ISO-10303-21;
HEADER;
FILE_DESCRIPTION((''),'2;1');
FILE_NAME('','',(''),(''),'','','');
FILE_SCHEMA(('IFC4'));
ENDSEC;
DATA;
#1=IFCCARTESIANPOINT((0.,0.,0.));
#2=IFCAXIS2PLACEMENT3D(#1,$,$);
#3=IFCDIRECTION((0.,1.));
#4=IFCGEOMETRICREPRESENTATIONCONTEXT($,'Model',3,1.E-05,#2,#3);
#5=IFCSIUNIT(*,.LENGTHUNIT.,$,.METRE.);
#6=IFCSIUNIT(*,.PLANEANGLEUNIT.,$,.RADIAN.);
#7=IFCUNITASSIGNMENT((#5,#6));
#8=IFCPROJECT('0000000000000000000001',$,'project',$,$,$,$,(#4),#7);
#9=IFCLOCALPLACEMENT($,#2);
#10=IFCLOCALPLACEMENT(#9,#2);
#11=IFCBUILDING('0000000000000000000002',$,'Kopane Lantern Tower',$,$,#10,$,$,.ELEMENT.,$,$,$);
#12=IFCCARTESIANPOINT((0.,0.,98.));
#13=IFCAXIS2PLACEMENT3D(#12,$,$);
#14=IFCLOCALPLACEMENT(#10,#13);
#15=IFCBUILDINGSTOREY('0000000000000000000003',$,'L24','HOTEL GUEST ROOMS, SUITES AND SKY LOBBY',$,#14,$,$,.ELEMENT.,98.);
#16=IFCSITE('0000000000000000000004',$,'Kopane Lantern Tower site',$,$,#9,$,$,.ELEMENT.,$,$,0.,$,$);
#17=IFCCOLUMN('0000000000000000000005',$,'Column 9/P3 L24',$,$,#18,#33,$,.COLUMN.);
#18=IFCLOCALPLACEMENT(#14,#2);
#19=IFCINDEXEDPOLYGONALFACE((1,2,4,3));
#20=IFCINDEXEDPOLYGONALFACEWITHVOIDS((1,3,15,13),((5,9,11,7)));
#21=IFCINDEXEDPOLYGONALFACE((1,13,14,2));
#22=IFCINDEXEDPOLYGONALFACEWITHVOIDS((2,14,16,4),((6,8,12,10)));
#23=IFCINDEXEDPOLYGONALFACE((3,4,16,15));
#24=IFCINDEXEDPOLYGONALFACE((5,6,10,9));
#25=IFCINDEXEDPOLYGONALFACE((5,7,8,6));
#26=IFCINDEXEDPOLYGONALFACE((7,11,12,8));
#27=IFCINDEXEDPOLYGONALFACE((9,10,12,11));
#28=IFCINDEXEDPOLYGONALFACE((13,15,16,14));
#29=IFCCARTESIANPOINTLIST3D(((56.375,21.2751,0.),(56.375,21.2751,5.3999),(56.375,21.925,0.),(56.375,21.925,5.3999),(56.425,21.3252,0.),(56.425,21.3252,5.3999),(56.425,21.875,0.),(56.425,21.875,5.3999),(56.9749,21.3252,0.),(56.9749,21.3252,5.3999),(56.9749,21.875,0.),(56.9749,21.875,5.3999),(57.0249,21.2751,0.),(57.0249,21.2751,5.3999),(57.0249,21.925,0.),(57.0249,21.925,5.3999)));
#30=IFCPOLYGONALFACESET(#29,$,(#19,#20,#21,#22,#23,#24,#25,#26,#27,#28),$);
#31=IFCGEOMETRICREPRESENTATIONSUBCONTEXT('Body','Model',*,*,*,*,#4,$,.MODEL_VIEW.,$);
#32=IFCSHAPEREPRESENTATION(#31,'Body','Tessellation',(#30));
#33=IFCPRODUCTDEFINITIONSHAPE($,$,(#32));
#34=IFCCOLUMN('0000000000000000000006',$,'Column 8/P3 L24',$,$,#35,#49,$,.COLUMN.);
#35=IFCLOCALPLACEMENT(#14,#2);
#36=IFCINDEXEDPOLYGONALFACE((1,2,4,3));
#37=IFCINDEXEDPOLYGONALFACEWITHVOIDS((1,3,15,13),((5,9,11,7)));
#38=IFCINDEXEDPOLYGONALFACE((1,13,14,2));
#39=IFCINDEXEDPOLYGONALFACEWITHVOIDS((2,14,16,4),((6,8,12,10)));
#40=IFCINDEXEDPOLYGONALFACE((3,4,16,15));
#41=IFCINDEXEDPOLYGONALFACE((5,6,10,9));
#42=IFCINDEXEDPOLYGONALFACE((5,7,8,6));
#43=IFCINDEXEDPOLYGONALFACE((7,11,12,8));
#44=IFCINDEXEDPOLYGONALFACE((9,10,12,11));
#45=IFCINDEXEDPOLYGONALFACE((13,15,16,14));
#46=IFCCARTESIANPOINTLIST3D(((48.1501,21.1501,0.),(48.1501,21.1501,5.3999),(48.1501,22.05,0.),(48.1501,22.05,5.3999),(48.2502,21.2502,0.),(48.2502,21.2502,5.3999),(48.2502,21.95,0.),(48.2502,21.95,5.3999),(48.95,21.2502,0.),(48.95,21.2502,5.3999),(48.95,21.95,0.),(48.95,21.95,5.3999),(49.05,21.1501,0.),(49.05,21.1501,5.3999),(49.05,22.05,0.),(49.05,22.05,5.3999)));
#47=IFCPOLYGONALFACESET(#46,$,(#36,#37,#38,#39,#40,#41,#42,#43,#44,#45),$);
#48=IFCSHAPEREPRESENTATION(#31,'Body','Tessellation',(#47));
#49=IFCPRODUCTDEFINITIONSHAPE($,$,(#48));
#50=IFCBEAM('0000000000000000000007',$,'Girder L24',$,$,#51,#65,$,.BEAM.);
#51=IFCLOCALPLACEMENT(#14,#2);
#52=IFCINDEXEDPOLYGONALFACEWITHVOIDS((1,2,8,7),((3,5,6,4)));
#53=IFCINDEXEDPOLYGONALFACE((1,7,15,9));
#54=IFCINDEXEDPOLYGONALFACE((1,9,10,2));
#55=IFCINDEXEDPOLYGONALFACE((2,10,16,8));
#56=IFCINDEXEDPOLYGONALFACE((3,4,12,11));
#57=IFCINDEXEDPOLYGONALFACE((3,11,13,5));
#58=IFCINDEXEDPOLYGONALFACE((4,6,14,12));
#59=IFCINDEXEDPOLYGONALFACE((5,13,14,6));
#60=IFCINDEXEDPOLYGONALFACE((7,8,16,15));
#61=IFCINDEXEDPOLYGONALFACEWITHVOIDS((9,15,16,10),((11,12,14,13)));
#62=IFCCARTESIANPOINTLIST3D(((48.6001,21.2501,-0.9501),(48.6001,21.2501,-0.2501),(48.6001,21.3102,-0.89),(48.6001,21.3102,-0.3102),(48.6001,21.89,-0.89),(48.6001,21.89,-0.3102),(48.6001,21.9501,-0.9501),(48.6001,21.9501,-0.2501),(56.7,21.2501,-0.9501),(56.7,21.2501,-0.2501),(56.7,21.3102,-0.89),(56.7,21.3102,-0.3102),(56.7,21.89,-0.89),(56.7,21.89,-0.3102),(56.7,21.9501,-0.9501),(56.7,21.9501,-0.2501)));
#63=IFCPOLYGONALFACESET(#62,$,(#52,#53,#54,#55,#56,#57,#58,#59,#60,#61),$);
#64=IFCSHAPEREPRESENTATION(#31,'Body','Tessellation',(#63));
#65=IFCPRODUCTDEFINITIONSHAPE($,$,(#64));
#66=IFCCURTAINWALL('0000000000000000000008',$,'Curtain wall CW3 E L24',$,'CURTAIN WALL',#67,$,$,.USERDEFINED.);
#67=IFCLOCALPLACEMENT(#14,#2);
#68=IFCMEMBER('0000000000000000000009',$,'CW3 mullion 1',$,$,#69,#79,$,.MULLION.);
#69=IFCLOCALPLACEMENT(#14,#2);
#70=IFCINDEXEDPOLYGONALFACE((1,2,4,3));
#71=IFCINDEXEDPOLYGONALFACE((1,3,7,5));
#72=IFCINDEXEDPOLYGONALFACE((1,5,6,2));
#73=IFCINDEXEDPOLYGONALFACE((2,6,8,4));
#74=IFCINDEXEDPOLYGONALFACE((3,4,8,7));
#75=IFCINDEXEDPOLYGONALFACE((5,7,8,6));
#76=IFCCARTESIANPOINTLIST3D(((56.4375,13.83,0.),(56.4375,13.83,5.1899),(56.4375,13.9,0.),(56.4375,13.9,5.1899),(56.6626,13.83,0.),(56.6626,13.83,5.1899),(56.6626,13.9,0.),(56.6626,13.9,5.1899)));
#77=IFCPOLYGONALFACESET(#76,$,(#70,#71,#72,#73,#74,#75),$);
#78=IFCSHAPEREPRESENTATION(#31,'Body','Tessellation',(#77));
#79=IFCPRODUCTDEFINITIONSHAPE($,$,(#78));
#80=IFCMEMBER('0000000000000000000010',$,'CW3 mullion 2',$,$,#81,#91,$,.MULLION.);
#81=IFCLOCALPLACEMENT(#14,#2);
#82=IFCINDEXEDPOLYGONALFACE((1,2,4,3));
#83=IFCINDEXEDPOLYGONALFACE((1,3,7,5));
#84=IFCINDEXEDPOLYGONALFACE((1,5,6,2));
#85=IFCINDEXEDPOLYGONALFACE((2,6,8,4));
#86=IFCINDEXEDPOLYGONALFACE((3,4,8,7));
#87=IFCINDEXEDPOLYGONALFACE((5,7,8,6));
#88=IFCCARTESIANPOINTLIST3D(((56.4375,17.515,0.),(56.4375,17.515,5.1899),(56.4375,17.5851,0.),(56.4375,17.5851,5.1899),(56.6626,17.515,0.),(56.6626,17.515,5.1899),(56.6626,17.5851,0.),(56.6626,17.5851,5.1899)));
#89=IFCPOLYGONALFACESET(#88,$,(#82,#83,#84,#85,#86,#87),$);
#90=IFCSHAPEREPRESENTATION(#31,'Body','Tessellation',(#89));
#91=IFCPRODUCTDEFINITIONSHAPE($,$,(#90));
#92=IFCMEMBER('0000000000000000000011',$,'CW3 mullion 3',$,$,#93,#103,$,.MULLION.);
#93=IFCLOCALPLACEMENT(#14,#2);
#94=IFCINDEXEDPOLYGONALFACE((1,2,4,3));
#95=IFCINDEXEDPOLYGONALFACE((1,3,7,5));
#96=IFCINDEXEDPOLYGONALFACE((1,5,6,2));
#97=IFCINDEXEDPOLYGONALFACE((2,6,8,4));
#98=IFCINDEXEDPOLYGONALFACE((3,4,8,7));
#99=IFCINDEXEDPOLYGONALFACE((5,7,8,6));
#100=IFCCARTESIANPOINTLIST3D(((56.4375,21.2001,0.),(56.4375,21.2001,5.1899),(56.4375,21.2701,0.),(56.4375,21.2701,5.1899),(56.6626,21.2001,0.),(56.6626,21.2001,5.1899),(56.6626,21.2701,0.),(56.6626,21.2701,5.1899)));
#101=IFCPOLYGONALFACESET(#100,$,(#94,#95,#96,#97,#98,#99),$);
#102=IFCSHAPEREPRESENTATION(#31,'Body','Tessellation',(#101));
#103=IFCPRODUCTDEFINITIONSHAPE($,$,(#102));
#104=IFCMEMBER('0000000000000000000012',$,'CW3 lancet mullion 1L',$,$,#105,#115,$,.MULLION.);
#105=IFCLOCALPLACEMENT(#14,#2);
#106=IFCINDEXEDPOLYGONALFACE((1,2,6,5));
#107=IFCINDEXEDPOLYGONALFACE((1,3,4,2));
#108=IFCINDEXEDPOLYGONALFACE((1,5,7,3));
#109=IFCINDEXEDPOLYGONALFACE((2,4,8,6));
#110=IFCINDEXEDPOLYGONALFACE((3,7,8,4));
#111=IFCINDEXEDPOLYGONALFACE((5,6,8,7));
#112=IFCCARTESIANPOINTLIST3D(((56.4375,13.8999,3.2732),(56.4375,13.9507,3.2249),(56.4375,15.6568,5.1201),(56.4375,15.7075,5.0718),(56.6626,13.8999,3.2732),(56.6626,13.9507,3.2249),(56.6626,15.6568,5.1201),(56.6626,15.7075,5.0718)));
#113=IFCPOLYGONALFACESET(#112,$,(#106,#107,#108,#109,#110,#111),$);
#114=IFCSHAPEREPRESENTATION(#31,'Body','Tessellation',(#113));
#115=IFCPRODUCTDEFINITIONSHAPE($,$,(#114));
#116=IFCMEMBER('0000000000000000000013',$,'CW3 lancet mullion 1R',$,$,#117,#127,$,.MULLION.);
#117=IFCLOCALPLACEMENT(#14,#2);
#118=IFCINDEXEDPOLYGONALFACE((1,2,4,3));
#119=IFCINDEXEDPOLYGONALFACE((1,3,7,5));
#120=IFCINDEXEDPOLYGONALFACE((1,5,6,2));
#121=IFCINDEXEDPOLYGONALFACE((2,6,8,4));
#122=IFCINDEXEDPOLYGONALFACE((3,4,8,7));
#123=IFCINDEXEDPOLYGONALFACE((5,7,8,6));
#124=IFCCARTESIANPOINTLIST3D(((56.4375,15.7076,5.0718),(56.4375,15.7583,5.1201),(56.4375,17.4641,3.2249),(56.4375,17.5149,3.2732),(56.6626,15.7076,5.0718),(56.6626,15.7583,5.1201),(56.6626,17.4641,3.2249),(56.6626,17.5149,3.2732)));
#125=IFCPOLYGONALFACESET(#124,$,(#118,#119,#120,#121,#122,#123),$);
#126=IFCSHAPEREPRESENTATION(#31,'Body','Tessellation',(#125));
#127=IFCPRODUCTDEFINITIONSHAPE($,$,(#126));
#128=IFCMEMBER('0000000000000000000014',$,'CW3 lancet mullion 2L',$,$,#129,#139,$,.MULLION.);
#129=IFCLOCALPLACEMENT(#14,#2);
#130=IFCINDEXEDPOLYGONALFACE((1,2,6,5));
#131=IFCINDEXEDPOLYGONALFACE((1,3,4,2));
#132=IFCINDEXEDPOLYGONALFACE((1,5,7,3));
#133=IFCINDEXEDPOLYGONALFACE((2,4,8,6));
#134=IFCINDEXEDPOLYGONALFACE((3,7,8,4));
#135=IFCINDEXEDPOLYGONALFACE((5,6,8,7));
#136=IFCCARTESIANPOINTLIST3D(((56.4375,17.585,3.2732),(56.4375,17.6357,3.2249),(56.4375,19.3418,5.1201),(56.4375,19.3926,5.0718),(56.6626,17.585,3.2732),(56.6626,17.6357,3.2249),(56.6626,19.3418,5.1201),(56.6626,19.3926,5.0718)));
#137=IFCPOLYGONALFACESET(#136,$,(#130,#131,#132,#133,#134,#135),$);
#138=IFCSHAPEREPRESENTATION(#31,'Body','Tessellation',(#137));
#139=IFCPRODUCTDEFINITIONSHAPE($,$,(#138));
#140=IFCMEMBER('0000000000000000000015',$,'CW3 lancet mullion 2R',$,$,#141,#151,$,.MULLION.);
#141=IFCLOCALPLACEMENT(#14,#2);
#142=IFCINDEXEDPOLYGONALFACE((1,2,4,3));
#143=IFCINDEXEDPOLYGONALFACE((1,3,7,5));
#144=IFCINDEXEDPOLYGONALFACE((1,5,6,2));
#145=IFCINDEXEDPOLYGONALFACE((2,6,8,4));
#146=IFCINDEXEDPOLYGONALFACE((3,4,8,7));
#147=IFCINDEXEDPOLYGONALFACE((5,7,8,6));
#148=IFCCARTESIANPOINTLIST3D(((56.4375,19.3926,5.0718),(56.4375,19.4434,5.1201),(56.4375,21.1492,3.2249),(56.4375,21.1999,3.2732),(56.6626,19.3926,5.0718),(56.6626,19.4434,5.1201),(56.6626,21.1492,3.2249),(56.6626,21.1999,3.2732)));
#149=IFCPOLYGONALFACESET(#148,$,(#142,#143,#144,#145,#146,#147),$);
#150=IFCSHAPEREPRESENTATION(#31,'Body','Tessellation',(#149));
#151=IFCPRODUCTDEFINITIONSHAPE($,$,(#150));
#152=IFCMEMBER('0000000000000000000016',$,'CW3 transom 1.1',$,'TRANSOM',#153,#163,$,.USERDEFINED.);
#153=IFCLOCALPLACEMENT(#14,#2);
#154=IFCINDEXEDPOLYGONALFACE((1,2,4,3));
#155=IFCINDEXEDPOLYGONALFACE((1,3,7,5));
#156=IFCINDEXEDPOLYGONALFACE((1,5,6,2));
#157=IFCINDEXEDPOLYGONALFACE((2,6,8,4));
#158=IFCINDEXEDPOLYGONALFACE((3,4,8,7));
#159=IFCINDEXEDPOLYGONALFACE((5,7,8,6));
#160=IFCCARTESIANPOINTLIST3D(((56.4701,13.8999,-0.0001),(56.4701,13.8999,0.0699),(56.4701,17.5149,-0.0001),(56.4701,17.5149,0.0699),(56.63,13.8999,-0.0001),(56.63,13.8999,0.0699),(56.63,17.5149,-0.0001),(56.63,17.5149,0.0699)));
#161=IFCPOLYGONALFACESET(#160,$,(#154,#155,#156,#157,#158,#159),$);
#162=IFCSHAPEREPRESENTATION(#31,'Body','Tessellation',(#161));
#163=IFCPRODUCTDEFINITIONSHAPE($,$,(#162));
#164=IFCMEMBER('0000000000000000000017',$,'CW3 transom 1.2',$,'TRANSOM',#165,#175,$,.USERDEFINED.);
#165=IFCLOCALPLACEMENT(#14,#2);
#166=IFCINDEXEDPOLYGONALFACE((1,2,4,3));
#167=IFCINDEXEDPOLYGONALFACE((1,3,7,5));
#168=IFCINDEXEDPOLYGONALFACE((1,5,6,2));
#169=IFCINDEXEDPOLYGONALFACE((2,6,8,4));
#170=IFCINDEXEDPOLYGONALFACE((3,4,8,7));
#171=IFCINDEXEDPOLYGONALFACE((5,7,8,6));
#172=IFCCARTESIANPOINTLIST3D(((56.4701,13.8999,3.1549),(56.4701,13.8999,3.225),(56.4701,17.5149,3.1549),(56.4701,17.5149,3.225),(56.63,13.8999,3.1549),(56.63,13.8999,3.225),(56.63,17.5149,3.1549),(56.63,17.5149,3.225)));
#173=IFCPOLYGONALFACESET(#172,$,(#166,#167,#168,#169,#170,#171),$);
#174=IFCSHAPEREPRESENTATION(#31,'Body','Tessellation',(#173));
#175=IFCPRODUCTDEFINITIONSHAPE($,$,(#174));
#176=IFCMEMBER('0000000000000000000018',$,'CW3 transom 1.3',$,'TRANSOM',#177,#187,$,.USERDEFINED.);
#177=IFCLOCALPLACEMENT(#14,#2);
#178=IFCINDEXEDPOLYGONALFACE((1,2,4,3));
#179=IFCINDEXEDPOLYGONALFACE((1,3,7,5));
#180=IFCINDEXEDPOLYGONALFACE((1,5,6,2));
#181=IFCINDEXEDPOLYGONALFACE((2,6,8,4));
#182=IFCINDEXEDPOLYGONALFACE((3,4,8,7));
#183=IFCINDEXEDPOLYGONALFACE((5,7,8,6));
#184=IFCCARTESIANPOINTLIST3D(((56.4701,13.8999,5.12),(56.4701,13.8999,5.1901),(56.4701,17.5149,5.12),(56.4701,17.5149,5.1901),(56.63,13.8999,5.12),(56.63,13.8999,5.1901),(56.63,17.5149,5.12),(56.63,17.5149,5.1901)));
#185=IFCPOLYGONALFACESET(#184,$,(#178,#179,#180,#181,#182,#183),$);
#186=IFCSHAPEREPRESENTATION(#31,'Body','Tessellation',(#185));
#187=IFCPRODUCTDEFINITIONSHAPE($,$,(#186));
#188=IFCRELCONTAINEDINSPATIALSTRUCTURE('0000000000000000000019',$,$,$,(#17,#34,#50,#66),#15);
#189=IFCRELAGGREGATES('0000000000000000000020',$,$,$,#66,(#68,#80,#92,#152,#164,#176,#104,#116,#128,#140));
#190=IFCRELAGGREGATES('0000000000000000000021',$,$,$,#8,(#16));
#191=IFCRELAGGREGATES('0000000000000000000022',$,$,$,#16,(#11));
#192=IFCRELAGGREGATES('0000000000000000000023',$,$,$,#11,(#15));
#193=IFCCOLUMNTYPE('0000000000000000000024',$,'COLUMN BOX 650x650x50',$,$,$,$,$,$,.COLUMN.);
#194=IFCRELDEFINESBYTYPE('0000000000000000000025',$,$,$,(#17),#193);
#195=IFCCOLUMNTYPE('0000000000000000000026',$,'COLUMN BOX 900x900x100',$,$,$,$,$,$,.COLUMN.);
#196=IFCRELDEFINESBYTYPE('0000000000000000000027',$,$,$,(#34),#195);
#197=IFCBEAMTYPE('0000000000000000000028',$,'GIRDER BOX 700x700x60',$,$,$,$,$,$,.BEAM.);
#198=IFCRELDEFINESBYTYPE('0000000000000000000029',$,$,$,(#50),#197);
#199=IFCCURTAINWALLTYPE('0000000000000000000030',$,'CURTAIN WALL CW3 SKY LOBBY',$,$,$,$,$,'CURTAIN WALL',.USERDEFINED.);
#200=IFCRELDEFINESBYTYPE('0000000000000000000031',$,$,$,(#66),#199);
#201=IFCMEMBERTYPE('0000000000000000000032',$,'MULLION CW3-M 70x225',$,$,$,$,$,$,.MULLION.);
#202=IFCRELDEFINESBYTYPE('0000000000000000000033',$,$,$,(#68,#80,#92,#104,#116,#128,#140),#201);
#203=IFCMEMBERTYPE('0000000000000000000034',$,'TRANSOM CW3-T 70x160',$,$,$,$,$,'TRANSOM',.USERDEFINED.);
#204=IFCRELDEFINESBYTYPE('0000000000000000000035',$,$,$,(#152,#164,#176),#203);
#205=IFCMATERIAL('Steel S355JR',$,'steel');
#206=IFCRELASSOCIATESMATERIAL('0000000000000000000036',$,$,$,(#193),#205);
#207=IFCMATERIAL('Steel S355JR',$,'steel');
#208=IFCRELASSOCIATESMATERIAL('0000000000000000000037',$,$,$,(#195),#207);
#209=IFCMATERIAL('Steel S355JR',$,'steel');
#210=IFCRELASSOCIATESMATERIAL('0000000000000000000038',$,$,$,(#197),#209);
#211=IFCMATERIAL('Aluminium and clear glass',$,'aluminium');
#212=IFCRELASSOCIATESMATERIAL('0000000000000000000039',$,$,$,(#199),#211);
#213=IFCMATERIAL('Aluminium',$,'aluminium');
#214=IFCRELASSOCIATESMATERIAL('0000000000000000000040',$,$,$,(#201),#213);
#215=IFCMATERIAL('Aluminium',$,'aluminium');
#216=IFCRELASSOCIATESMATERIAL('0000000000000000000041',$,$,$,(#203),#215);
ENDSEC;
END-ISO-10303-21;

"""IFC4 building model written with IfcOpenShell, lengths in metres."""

from ifc_helpers import new_model, si_unit, direction, frame, origin, origin_2d, place, context, subcontext, project, spatial, rectangle, hollow_rectangle, extrude, material, material_profile, profile_set, type_object, element, aggregate, save


model = new_model("IFC4")

# Units and contexts
model_context = context("Model", 3, precision=1e-05, world=origin(), true_north=direction((0.0, 1.0)))
body_context = subcontext(model_context, "Body", "Model", "MODEL_VIEW")
ifc_project = project(units=[si_unit("LENGTHUNIT", "METRE"), si_unit("PLANEANGLEUNIT", "RADIAN")], contexts=[model_context])

# Site, building, storey
site_placement = place(None, origin())
site = spatial("IfcSite", under=ifc_project, at=site_placement, Name="Kopane Lantern Tower site", CompositionType="ELEMENT", RefElevation=0.0)
building_placement = place(site_placement, origin())
building = spatial("IfcBuilding", under=site, at=building_placement, Name="Kopane Lantern Tower", CompositionType="ELEMENT")
storey_placement = place(building_placement, frame((0.0, 0.0, 98.0)))
storey = spatial("IfcBuildingStorey", under=building, at=storey_placement, Name="L24", Description="HOTEL GUEST ROOMS, SUITES AND SKY LOBBY", CompositionType="ELEMENT", Elevation=98.0)

# Columns
ifc_material_1 = material(Name="Steel S355JR", Category="steel")
ifc_material_profile_1 = material_profile(ifc_material_1, hollow_rectangle(XDim=0.6499, YDim=0.6499, WallThickness=0.05, at=origin_2d()), Name="BOX 650x650x50")
ifc_profile_set_1 = profile_set([ifc_material_profile_1], Name="Steel S355JR")
column_type_1 = type_object("IfcColumnType", Name="COLUMN BOX 650x650x50", PredefinedType="COLUMN", material=ifc_profile_set_1)
column_1_placement = place(storey_placement, frame((56.7, 21.6001, 0.0), z_axis=(0.0, 0.0, 1.0), x_axis=(1.0, 0.0, 0.0)))
element("IfcColumn", 1, at=column_1_placement, inside=storey, type_object=column_type_1, Name="Column 9/P3 L24", PredefinedType="COLUMN", context=body_context, shape_type="SweptSolid", body=[
    extrude(hollow_rectangle(XDim=0.6499, YDim=0.6499, WallThickness=0.05, at=origin_2d()), origin(), (0.0, 0.0, 1.0), 5.3999),
])
ifc_material_2 = material(Name="Steel S355JR", Category="steel")
ifc_material_profile_2 = material_profile(ifc_material_2, hollow_rectangle(XDim=0.8999, YDim=0.8999, WallThickness=0.1001, at=origin_2d()), Name="BOX 900x900x100")
ifc_profile_set_2 = profile_set([ifc_material_profile_2], Name="Steel S355JR")
column_type_2 = type_object("IfcColumnType", Name="COLUMN BOX 900x900x100", PredefinedType="COLUMN", material=ifc_profile_set_2)
column_2_placement = place(storey_placement, frame((48.6001, 21.6001, 0.0), z_axis=(0.0, 0.0, 1.0), x_axis=(1.0, 0.0, 0.0)))
element("IfcColumn", 2, at=column_2_placement, inside=storey, type_object=column_type_2, Name="Column 8/P3 L24", PredefinedType="COLUMN", context=body_context, shape_type="SweptSolid", body=[
    extrude(hollow_rectangle(XDim=0.8999, YDim=0.8999, WallThickness=0.1001, at=origin_2d()), origin(), (0.0, 0.0, 1.0), 5.3999),
])

# Beam
ifc_material_3 = material(Name="Steel S355JR", Category="steel")
ifc_material_profile_3 = material_profile(ifc_material_3, hollow_rectangle(XDim=0.7, YDim=0.7, WallThickness=0.0601, at=origin_2d()), Name="BOX 700x700x60")
ifc_profile_set_3 = profile_set([ifc_material_profile_3], Name="Steel S355JR")
beam_type = type_object("IfcBeamType", Name="GIRDER BOX 700x700x60", PredefinedType="BEAM", material=ifc_profile_set_3)
beam_placement = place(storey_placement, frame((48.6001, 21.6001, -0.6001), z_axis=(1.0, 0.0, 0.0), x_axis=(0.0, 1.0, 0.0)))
element("IfcBeam", 3, at=beam_placement, inside=storey, type_object=beam_type, Name="Girder L24", PredefinedType="BEAM", context=body_context, shape_type="SweptSolid", body=[
    extrude(hollow_rectangle(XDim=0.7, YDim=0.7, WallThickness=0.0601, at=origin_2d()), origin(), (0.0, 0.0, 1.0), 8.0999),
])

# Curtain wall, members
ifc_material_4 = material(Name="Aluminium and clear glass", Category="aluminium")
curtain_wall_type = type_object("IfcCurtainWallType", Name="CURTAIN WALL CW3 SKY LOBBY", ElementType="CURTAIN WALL", PredefinedType="USERDEFINED", material=ifc_material_4)
curtain_wall_1_placement = place(storey_placement, origin())
curtain_wall_1 = element("IfcCurtainWall", 4, at=curtain_wall_1_placement, inside=storey, type_object=curtain_wall_type, Name="Curtain wall CW3 E L24", ObjectType="CURTAIN WALL", PredefinedType="USERDEFINED")
ifc_material_5 = material(Name="Aluminium", Category="aluminium")
ifc_material_profile_4 = material_profile(ifc_material_5, rectangle(XDim=0.0701, YDim=0.2251, at=origin_2d()), Name="AL 70x225")
ifc_profile_set_4 = profile_set([ifc_material_profile_4], Name="Aluminium")
member_type_1 = type_object("IfcMemberType", Name="MULLION CW3-M 70x225", PredefinedType="MULLION", material=ifc_profile_set_4)
member_1_placement = place(storey_placement, frame((56.55, 13.865, 0.0), z_axis=(0.0, 0.0, 1.0), x_axis=(0.0, 1.0, 0.0)))
member_1 = element("IfcMember", 5, at=member_1_placement, type_object=member_type_1, Name="CW3 mullion 1", PredefinedType="MULLION", context=body_context, shape_type="SweptSolid", body=[
    extrude(rectangle(XDim=0.0701, YDim=0.2251, at=origin_2d()), origin(), (0.0, 0.0, 1.0), 5.1899),
])
member_2_placement = place(storey_placement, frame((56.55, 17.55, 0.0), z_axis=(0.0, 0.0, 1.0), x_axis=(0.0, 1.0, 0.0)))
member_2 = element("IfcMember", 6, at=member_2_placement, type_object=member_type_1, Name="CW3 mullion 2", PredefinedType="MULLION", context=body_context, shape_type="SweptSolid", body=[
    extrude(rectangle(XDim=0.0701, YDim=0.2251, at=origin_2d()), origin(), (0.0, 0.0, 1.0), 5.1899),
])
member_3_placement = place(storey_placement, frame((56.55, 21.2351, 0.0), z_axis=(0.0, 0.0, 1.0), x_axis=(0.0, 1.0, 0.0)))
member_3 = element("IfcMember", 7, at=member_3_placement, type_object=member_type_1, Name="CW3 mullion 3", PredefinedType="MULLION", context=body_context, shape_type="SweptSolid", body=[
    extrude(rectangle(XDim=0.0701, YDim=0.2251, at=origin_2d()), origin(), (0.0, 0.0, 1.0), 5.1899),
])
member_4_placement = place(storey_placement, frame((56.55, 13.9253, 3.249), z_axis=(0.0, 0.689215, 0.724557), x_axis=(0.0, -0.724557, 0.689215)))
member_4 = element("IfcMember", 8, at=member_4_placement, type_object=member_type_1, Name="CW3 lancet mullion 1L", PredefinedType="MULLION", context=body_context, shape_type="SweptSolid", body=[
    extrude(rectangle(XDim=0.0701, YDim=0.2251, at=origin_2d()), origin(), (0.0, 0.0, 1.0), 2.5491),
])
member_5_placement = place(storey_placement, frame((56.55, 17.4895, 3.249), z_axis=(0.0, -0.689165, 0.724605), x_axis=(0.0, 0.724605, 0.689165)))
member_5 = element("IfcMember", 9, at=member_5_placement, type_object=member_type_1, Name="CW3 lancet mullion 1R", PredefinedType="MULLION", context=body_context, shape_type="SweptSolid", body=[
    extrude(rectangle(XDim=0.0701, YDim=0.2251, at=origin_2d()), origin(), (0.0, 0.0, 1.0), 2.5488),
])
member_6_placement = place(storey_placement, frame((56.55, 17.6104, 3.249), z_axis=(0.0, 0.689215, 0.724557), x_axis=(0.0, -0.724557, 0.689215)))
member_6 = element("IfcMember", 10, at=member_6_placement, type_object=member_type_1, Name="CW3 lancet mullion 2L", PredefinedType="MULLION", context=body_context, shape_type="SweptSolid", body=[
    extrude(rectangle(XDim=0.0701, YDim=0.2251, at=origin_2d()), origin(), (0.0, 0.0, 1.0), 2.5491),
])
member_7_placement = place(storey_placement, frame((56.55, 21.1746, 3.249), z_axis=(0.0, -0.689165, 0.724605), x_axis=(0.0, 0.724605, 0.689165)))
member_7 = element("IfcMember", 11, at=member_7_placement, type_object=member_type_1, Name="CW3 lancet mullion 2R", PredefinedType="MULLION", context=body_context, shape_type="SweptSolid", body=[
    extrude(rectangle(XDim=0.0701, YDim=0.2251, at=origin_2d()), origin(), (0.0, 0.0, 1.0), 2.5488),
])
ifc_material_6 = material(Name="Aluminium", Category="aluminium")
ifc_material_profile_5 = material_profile(ifc_material_6, rectangle(XDim=0.1599, YDim=0.0701, at=origin_2d()), Name="AL 160x70")
ifc_profile_set_5 = profile_set([ifc_material_profile_5], Name="Aluminium")
member_type_2 = type_object("IfcMemberType", Name="TRANSOM CW3-T 70x160", ElementType="TRANSOM", PredefinedType="USERDEFINED", material=ifc_profile_set_5)
member_8_placement = place(storey_placement, frame((56.55, 13.8999, 0.0349), z_axis=(0.0, 1.0, 0.0), x_axis=(-1.0, 0.0, 0.0)))
member_8 = element("IfcMember", 12, at=member_8_placement, type_object=member_type_2, Name="CW3 transom 1.1", ObjectType="TRANSOM", PredefinedType="USERDEFINED", context=body_context, shape_type="SweptSolid", body=[
    extrude(rectangle(XDim=0.1599, YDim=0.0701, at=origin_2d()), origin(), (0.0, 0.0, 1.0), 3.615),
])
member_9_placement = place(storey_placement, frame((56.55, 13.8999, 3.1899), z_axis=(0.0, 1.0, 0.0), x_axis=(-1.0, 0.0, 0.0)))
member_9 = element("IfcMember", 13, at=member_9_placement, type_object=member_type_2, Name="CW3 transom 1.2", ObjectType="TRANSOM", PredefinedType="USERDEFINED", context=body_context, shape_type="SweptSolid", body=[
    extrude(rectangle(XDim=0.1599, YDim=0.0701, at=origin_2d()), origin(), (0.0, 0.0, 1.0), 3.615),
])
member_10_placement = place(storey_placement, frame((56.55, 13.8999, 5.155), z_axis=(0.0, 1.0, 0.0), x_axis=(-1.0, 0.0, 0.0)))
member_10 = element("IfcMember", 14, at=member_10_placement, type_object=member_type_2, Name="CW3 transom 1.3", ObjectType="TRANSOM", PredefinedType="USERDEFINED", context=body_context, shape_type="SweptSolid", body=[
    extrude(rectangle(XDim=0.1599, YDim=0.0701, at=origin_2d()), origin(), (0.0, 0.0, 1.0), 3.615),
])

aggregate(curtain_wall_1, [member_1, member_2, member_3, member_8, member_9, member_10, member_4, member_5, member_6, member_7])

save(model, "model.ifc")
